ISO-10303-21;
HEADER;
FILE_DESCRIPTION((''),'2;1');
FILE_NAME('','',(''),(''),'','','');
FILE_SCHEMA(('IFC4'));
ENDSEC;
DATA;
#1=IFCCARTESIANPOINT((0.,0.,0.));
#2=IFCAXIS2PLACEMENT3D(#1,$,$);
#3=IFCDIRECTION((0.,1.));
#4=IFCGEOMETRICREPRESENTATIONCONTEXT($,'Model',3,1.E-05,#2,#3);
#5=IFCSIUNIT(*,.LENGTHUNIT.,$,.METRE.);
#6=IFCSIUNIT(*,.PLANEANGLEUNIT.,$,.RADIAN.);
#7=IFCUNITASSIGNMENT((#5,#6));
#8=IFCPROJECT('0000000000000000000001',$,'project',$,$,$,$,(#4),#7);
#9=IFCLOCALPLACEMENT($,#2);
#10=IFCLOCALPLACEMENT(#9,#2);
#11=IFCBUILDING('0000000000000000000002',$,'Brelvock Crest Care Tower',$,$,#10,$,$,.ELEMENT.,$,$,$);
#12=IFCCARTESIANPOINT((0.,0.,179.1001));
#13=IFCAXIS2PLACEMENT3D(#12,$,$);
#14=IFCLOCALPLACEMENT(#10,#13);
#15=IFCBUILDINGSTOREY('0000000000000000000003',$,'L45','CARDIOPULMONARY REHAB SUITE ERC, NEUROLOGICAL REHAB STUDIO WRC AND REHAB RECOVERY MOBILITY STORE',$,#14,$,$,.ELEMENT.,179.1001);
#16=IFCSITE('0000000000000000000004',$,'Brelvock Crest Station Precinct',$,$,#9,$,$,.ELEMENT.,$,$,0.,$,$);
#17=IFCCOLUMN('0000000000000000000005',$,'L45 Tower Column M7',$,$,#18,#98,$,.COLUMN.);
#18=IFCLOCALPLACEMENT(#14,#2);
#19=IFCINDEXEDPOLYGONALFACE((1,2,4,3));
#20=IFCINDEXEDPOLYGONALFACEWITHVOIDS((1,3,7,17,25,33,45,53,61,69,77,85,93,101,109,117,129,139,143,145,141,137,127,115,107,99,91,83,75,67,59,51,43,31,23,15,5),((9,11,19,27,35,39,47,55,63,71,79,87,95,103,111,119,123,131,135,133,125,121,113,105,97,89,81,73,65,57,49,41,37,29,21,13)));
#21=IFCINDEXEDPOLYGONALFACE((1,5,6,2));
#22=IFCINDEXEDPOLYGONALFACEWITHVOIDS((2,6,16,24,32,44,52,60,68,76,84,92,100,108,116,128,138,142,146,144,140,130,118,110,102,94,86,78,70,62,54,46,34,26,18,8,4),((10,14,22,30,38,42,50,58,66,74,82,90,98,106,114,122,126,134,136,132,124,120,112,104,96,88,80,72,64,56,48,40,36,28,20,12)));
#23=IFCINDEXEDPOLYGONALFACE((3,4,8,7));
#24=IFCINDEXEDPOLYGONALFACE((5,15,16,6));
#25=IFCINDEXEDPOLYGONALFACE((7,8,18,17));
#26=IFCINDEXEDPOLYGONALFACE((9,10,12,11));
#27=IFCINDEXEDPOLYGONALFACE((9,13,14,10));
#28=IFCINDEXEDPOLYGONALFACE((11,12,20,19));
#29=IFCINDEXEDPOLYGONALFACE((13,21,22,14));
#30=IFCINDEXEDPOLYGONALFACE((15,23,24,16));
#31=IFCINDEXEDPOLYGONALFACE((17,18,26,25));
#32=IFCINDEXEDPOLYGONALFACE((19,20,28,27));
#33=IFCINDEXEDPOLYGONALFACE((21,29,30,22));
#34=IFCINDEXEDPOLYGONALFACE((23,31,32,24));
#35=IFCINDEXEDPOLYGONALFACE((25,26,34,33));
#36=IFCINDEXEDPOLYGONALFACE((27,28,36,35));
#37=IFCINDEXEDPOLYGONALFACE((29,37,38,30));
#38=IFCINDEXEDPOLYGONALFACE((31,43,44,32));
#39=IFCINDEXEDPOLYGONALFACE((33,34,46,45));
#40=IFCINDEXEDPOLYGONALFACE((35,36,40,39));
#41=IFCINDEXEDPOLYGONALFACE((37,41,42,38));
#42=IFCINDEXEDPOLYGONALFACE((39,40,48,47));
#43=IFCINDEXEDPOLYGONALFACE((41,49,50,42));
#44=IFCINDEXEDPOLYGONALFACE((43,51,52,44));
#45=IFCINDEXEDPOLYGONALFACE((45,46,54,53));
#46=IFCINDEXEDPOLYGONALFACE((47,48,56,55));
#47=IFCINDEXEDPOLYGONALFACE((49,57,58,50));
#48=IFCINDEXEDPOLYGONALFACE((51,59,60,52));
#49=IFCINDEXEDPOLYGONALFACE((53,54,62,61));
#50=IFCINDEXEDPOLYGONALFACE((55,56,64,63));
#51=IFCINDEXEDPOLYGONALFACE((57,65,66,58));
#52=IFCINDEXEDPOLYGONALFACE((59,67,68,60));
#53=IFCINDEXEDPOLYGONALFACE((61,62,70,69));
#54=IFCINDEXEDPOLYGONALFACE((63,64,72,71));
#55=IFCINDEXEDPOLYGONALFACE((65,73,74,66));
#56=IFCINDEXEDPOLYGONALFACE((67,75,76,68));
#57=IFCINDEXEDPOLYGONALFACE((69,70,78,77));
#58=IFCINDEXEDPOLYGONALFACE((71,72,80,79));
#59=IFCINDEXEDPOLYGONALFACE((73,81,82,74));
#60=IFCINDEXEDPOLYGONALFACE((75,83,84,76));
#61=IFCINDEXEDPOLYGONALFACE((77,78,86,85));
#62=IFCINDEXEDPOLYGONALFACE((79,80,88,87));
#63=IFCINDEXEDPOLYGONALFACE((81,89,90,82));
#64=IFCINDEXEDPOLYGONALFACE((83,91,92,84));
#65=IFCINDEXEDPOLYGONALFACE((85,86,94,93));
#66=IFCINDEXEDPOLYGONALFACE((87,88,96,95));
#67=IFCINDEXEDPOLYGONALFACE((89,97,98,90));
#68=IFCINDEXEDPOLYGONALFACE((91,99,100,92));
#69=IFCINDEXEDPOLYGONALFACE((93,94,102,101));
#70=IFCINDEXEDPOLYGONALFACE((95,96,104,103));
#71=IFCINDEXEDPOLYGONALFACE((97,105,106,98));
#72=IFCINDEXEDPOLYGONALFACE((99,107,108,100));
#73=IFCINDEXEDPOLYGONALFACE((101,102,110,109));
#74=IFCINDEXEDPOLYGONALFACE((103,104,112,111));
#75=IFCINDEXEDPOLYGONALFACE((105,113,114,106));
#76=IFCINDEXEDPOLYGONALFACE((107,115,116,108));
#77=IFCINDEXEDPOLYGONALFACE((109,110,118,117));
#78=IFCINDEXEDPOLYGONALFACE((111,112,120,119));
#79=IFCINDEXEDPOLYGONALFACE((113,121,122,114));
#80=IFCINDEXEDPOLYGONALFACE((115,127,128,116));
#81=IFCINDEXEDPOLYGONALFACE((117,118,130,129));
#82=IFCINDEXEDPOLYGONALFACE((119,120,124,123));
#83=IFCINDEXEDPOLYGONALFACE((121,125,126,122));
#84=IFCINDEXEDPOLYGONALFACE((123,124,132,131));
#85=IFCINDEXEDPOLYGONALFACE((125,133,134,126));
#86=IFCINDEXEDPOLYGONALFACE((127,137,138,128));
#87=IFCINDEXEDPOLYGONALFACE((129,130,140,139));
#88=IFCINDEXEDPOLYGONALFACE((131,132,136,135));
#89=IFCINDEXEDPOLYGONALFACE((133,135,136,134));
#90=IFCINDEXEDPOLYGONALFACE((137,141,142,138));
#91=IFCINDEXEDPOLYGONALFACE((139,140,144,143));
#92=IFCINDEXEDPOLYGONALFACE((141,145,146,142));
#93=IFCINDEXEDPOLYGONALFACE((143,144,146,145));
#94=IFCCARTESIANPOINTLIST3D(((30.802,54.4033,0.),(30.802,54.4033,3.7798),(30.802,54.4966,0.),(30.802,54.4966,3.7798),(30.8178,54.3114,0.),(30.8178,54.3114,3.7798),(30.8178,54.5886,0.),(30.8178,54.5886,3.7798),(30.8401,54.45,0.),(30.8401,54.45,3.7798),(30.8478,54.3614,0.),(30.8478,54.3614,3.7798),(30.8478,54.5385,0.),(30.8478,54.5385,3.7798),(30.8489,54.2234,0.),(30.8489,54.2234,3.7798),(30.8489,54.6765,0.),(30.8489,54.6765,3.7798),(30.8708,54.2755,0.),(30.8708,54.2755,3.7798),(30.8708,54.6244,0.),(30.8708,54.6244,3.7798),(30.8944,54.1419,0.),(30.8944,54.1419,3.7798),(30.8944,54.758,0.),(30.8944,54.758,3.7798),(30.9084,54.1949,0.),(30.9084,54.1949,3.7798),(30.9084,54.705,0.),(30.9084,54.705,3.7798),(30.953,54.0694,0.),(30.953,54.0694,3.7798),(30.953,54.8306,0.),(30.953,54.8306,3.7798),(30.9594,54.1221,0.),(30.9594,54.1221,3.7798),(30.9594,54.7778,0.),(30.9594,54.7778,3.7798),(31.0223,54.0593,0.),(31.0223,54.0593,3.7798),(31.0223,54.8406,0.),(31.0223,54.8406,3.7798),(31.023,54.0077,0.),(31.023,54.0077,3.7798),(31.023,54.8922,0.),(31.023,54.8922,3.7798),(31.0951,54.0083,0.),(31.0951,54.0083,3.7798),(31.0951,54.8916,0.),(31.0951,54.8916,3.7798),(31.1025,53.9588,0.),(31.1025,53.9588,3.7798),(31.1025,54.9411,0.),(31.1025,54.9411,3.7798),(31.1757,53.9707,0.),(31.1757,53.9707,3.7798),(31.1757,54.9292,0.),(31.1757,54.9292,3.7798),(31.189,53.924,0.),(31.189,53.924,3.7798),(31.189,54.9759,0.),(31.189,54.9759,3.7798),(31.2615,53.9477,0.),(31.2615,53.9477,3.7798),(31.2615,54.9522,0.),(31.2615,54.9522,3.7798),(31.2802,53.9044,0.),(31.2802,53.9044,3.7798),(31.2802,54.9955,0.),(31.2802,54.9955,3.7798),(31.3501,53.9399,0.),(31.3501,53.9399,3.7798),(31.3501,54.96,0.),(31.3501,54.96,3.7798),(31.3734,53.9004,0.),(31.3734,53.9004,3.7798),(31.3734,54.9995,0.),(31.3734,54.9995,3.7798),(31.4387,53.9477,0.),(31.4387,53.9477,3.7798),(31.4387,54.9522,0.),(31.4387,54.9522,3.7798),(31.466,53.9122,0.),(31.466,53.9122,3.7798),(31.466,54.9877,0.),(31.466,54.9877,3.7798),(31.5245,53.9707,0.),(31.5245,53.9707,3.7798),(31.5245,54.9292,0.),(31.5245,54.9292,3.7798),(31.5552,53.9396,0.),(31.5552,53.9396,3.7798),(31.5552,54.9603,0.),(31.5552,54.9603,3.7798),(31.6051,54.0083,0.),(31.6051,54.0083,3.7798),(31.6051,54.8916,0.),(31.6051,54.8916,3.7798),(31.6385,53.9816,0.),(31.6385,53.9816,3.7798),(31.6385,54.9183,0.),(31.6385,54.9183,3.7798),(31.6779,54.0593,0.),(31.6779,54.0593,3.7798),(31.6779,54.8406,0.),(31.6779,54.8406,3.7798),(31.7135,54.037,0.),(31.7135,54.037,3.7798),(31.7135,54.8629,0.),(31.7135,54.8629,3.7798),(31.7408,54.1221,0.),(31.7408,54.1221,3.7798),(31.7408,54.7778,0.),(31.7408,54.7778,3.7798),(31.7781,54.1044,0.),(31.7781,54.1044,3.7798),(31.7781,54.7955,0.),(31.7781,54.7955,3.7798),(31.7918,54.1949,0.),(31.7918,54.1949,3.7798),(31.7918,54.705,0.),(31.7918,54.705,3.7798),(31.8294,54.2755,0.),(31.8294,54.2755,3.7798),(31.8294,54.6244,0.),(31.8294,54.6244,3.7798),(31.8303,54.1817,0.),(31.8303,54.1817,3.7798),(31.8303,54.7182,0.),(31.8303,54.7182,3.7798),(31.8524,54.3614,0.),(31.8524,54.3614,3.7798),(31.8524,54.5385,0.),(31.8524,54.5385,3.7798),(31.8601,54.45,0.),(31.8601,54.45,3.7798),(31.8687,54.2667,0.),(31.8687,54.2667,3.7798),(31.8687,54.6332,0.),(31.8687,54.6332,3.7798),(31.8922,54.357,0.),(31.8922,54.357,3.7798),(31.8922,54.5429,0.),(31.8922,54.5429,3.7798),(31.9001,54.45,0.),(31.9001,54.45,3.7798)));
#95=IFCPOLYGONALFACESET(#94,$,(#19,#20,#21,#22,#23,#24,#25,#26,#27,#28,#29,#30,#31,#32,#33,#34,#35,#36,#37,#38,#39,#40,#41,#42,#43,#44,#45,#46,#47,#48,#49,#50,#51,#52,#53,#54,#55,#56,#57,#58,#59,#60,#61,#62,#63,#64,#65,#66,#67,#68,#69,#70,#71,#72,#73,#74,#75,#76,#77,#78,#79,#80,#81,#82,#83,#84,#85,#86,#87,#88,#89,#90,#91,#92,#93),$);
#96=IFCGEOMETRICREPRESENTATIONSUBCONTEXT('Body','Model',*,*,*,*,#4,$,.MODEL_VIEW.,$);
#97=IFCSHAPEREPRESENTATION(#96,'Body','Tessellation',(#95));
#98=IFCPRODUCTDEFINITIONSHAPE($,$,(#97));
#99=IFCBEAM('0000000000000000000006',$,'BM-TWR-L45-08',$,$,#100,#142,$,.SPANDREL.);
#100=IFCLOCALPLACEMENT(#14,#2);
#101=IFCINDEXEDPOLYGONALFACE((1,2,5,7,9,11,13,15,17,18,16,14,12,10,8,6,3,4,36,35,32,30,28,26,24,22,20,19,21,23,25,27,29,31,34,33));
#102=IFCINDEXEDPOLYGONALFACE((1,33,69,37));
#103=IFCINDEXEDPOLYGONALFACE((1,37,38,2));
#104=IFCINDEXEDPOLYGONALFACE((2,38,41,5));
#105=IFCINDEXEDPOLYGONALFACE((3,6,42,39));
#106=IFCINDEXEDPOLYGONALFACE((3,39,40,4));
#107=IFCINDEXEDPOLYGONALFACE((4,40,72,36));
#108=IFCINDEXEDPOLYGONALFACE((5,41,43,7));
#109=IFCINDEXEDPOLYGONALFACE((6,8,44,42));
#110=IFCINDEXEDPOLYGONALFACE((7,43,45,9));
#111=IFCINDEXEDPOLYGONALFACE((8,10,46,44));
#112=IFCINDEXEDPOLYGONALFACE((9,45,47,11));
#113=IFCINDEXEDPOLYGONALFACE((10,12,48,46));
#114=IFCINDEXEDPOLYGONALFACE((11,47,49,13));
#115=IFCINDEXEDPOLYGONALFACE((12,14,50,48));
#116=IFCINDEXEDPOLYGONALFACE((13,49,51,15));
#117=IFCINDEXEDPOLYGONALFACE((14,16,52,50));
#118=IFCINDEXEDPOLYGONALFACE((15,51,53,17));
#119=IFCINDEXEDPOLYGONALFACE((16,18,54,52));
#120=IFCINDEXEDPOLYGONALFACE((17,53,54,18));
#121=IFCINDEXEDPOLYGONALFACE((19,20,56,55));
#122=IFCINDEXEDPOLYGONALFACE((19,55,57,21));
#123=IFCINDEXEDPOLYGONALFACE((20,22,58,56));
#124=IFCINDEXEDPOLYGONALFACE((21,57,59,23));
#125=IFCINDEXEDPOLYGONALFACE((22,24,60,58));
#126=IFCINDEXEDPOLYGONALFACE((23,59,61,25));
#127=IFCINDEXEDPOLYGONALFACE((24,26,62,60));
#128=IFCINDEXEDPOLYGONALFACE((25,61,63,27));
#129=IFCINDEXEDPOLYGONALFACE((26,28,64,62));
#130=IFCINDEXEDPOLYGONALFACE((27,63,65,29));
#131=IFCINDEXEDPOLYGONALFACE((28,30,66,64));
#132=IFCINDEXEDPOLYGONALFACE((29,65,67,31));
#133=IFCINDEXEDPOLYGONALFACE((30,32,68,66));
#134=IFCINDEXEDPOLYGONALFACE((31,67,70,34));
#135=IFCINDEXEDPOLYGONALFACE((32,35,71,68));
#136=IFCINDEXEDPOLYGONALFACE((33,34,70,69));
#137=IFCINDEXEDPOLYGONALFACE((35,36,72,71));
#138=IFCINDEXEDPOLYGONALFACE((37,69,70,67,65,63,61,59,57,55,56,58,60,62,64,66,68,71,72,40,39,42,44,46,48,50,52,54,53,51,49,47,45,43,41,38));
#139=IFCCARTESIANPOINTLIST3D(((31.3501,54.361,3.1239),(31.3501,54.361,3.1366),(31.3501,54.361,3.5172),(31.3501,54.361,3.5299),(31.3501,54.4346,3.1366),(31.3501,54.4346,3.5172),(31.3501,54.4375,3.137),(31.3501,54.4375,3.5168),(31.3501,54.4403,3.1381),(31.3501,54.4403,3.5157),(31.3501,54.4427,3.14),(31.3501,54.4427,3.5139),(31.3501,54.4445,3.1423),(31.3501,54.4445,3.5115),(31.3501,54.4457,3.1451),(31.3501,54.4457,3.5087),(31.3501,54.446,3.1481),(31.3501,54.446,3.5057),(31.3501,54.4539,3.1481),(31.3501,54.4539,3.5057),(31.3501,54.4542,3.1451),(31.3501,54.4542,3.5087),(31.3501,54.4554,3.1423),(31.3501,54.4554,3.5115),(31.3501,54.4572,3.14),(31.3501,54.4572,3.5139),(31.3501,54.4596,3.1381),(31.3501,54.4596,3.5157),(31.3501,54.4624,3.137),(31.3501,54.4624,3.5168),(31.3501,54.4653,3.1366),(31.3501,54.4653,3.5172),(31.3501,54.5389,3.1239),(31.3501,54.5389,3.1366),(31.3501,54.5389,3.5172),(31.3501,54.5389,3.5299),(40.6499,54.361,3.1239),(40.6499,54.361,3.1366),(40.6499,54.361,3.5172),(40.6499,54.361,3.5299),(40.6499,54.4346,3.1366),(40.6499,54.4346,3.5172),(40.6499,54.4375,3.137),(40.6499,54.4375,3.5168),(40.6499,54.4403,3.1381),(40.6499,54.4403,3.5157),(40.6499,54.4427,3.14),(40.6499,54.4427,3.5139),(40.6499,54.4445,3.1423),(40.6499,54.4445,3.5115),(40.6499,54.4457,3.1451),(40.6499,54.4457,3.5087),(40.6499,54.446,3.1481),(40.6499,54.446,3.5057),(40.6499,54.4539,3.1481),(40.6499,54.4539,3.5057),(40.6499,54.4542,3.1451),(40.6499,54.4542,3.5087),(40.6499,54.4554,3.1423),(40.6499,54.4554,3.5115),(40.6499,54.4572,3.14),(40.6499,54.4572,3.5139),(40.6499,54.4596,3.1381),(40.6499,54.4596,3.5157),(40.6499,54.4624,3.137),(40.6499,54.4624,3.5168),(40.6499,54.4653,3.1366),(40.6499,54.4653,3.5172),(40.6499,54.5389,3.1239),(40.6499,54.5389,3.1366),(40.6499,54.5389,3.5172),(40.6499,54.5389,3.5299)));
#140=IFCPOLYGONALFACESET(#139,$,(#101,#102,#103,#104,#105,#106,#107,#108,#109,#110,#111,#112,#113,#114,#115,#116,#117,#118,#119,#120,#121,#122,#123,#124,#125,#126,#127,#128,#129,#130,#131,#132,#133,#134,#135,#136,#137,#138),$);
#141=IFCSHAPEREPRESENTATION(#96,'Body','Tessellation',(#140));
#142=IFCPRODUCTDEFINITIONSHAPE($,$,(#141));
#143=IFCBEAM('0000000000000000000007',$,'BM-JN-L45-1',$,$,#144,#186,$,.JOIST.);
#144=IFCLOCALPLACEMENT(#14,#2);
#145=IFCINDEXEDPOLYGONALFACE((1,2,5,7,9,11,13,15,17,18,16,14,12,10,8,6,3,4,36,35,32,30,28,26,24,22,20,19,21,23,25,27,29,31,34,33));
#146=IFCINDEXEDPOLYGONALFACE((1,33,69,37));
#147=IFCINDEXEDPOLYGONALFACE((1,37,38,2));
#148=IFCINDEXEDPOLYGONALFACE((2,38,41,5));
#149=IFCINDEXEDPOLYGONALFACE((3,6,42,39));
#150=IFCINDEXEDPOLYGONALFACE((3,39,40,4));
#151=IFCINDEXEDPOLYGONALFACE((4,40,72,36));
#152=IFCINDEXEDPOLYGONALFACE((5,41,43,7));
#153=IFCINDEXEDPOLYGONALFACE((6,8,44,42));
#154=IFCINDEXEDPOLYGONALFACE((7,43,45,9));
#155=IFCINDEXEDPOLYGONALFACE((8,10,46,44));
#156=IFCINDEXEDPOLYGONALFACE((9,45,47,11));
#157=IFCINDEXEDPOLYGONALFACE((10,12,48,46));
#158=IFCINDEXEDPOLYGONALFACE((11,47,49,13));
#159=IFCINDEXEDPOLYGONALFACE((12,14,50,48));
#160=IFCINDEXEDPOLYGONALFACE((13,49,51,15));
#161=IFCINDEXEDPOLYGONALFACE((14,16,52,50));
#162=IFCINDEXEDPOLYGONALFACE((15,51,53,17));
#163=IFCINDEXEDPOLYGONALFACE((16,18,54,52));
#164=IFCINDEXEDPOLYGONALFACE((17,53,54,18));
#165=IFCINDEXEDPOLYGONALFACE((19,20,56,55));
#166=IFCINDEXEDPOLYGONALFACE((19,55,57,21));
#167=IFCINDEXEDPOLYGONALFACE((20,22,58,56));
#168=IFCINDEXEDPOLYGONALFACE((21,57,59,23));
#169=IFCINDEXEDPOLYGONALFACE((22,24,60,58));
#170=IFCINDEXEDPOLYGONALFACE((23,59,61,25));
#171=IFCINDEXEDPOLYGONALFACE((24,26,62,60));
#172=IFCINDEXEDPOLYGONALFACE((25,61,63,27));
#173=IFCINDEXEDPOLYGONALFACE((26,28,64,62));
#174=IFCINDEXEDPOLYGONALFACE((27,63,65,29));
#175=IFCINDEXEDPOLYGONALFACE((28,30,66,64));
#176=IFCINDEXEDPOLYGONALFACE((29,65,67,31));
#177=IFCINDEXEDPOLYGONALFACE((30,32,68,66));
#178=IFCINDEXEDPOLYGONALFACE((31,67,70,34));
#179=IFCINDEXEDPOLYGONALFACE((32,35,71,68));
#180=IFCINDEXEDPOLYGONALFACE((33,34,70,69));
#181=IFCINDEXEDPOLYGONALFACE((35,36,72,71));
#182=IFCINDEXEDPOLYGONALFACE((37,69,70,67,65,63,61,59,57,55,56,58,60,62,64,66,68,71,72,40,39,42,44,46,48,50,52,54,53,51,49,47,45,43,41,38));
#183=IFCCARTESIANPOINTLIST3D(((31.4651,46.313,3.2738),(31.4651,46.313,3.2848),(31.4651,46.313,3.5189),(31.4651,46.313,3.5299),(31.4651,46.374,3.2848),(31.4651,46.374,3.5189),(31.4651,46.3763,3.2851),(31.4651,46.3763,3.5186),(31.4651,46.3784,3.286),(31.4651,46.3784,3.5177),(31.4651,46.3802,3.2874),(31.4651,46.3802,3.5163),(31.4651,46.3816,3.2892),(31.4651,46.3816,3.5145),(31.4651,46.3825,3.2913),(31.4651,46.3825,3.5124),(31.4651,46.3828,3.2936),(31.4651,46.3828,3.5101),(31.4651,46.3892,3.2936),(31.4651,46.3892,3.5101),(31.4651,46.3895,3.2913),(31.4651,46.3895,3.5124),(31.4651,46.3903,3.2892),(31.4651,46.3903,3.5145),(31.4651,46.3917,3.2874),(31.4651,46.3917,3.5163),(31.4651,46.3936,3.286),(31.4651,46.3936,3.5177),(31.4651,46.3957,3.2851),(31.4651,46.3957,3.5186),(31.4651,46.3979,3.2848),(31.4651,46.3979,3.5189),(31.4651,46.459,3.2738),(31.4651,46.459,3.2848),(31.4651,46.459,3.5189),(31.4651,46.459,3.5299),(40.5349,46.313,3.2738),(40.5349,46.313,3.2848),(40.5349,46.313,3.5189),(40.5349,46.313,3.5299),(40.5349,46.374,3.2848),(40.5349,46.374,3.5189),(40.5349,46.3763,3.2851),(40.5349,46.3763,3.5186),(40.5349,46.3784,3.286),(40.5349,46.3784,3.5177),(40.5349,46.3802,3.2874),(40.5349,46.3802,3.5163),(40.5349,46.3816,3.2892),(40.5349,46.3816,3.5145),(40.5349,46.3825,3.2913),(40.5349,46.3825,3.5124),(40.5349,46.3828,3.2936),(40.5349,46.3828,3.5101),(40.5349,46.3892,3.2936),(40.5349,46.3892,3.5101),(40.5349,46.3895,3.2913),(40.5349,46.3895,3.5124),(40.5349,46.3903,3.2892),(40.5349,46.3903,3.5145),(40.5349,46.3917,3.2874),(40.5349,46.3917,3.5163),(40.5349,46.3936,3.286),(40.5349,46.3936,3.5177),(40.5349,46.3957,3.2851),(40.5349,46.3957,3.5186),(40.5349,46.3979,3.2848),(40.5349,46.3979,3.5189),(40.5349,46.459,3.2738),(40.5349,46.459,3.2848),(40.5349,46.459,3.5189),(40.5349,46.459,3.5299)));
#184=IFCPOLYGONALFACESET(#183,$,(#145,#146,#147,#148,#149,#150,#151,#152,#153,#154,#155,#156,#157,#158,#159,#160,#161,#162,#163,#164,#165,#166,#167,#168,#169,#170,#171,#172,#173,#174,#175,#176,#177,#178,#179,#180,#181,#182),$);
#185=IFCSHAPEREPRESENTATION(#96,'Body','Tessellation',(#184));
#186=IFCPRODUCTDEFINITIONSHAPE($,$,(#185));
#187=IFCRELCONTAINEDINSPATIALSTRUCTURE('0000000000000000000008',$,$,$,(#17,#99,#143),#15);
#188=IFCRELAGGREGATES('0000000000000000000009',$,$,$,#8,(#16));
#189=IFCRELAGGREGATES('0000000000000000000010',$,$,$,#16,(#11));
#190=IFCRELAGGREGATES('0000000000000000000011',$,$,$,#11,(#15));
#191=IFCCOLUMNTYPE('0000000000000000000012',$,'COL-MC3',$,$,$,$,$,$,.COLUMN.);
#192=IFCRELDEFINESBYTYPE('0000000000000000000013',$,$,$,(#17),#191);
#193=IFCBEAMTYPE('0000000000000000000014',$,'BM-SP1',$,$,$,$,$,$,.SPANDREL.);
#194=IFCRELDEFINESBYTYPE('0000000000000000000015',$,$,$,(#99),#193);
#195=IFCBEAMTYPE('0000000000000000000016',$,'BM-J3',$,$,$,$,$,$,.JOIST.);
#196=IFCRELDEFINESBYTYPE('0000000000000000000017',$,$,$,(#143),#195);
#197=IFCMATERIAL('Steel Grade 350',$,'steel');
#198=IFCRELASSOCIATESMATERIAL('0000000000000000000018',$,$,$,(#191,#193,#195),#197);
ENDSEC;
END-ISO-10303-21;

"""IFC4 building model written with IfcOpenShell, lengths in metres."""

from ifc_helpers import new_model, si_unit, direction, frame, origin, origin_2d, place, context, subcontext, project, spatial, hollow_circle, i_section, extrude, source, transform, mapped, material, material_profile, profile_set, type_object, element, save


model = new_model("IFC4")

# Units and contexts
model_context = context("Model", 3, precision=1e-05, world=origin(), true_north=direction((0.0, 1.0)))
body_context = subcontext(model_context, "Body", "Model", "MODEL_VIEW")
ifc_project = project(units=[si_unit("LENGTHUNIT", "METRE"), si_unit("PLANEANGLEUNIT", "RADIAN")], contexts=[model_context])

# Site, building, storey
site_placement = place(None, origin())
site = spatial("IfcSite", under=ifc_project, at=site_placement, Name="Brelvock Crest Station Precinct", CompositionType="ELEMENT", RefElevation=0.0)
building_placement = place(site_placement, origin())
building = spatial("IfcBuilding", under=site, at=building_placement, Name="Brelvock Crest Care Tower", CompositionType="ELEMENT")
storey_placement = place(building_placement, frame((0.0, 0.0, 179.1001)))
storey = spatial("IfcBuildingStorey", under=building, at=storey_placement, Name="L45", Description="CARDIOPULMONARY REHAB SUITE ERC, NEUROLOGICAL REHAB STUDIO WRC AND REHAB RECOVERY MOBILITY STORE", CompositionType="ELEMENT", Elevation=179.1001)

# Column
ifc_material_1 = material(Name="Steel Grade 350", Category="steel")
ifc_material_profile_1 = material_profile(ifc_material_1, hollow_circle(Radius=0.55, WallThickness=0.04, at=origin_2d()), Name="CFT1100x40")
ifc_profile_set_1 = profile_set([ifc_material_profile_1], Name="Steel Grade 350")
column_type = type_object("IfcColumnType", Name="COL-MC3", PredefinedType="COLUMN", material=ifc_profile_set_1)
shared_shape_1 = source(origin(), body_context, "Body", "SweptSolid", [
    extrude(hollow_circle(Radius=0.55, WallThickness=0.04, at=origin_2d()), origin(), (0.0, 0.0, 1.0), 3.7798),
])
column_placement = place(storey_placement, frame((31.3501, 54.45, 0.0), z_axis=(0.0, 0.0, 1.0), x_axis=(1.0, 0.0, 0.0)))
element("IfcColumn", 1, at=column_placement, inside=storey, type_object=column_type, Name="L45 Tower Column M7", PredefinedType="COLUMN", context=body_context, shape_type="MappedRepresentation", body=[
    mapped(shared_shape_1, transform((0.0, 0.0, 0.0), x_axis=(1.0, 0.0, 0.0), y_axis=(0.0, 1.0, 0.0), z_axis=(0.0, 0.0, 1.0), scale=1.0)),
])

# Beams
ifc_material_profile_2 = material_profile(ifc_material_1, i_section(OverallWidth=0.178, OverallDepth=0.406, WebThickness=0.0078, FlangeThickness=0.0127, FilletRadius=0.0115, at=origin_2d()), Name="410UB59.7")
ifc_profile_set_2 = profile_set([ifc_material_profile_2], Name="Steel Grade 350")
beam_type_1 = type_object("IfcBeamType", Name="BM-SP1", PredefinedType="SPANDREL", material=ifc_profile_set_2)
shared_shape_2 = source(origin(), body_context, "Body", "SweptSolid", [
    extrude(i_section(OverallWidth=0.178, OverallDepth=0.406, WebThickness=0.0078, FlangeThickness=0.0127, FilletRadius=0.0115, at=origin_2d()), origin(), (0.0, 0.0, 1.0), 9.2998),
])
beam_placement = place(storey_placement, frame((31.3501, 54.45, 3.3269), z_axis=(1.0, 0.0, 0.0), x_axis=(0.0, 1.0, 0.0)))
element("IfcBeam", 2, at=beam_placement, inside=storey, type_object=beam_type_1, Name="BM-TWR-L45-08", PredefinedType="SPANDREL", context=body_context, shape_type="MappedRepresentation", body=[
    mapped(shared_shape_2, transform((0.0, 0.0, 0.0), x_axis=(1.0, 0.0, 0.0), y_axis=(0.0, 1.0, 0.0), z_axis=(0.0, 0.0, 1.0), scale=1.0)),
])
ifc_material_profile_3 = material_profile(ifc_material_1, i_section(OverallWidth=0.146, OverallDepth=0.2561, WebThickness=0.0063, FlangeThickness=0.011, FilletRadius=0.0088, at=origin_2d()), Name="250UB37.3")
ifc_profile_set_3 = profile_set([ifc_material_profile_3], Name="Steel Grade 350")
beam_type_2 = type_object("IfcBeamType", Name="BM-J3", PredefinedType="JOIST", material=ifc_profile_set_3)
shared_shape_3 = source(origin(), body_context, "Body", "SweptSolid", [
    extrude(i_section(OverallWidth=0.146, OverallDepth=0.2561, WebThickness=0.0063, FlangeThickness=0.011, FilletRadius=0.0088, at=origin_2d()), origin(), (0.0, 0.0, 1.0), 9.0698),
])
for number, where, z_axis, x_axis, name in (
    (3, (31.4651, 46.386, 3.4019), (1.0, 0.0, 0.0), (0.0, 1.0, 0.0), "BM-JN-L45-1"),
):
    element("IfcBeam", number, at=place(storey_placement, frame(where, z_axis=z_axis, x_axis=x_axis)), inside=storey, type_object=beam_type_2, Name=name, PredefinedType="JOIST", context=body_context, shape_type="MappedRepresentation", body=[
        mapped(shared_shape_3, transform((0.0, 0.0, 0.0), x_axis=(1.0, 0.0, 0.0), y_axis=(0.0, 1.0, 0.0), z_axis=(0.0, 0.0, 1.0), scale=1.0)),
    ])

save(model, "model.ifc")
